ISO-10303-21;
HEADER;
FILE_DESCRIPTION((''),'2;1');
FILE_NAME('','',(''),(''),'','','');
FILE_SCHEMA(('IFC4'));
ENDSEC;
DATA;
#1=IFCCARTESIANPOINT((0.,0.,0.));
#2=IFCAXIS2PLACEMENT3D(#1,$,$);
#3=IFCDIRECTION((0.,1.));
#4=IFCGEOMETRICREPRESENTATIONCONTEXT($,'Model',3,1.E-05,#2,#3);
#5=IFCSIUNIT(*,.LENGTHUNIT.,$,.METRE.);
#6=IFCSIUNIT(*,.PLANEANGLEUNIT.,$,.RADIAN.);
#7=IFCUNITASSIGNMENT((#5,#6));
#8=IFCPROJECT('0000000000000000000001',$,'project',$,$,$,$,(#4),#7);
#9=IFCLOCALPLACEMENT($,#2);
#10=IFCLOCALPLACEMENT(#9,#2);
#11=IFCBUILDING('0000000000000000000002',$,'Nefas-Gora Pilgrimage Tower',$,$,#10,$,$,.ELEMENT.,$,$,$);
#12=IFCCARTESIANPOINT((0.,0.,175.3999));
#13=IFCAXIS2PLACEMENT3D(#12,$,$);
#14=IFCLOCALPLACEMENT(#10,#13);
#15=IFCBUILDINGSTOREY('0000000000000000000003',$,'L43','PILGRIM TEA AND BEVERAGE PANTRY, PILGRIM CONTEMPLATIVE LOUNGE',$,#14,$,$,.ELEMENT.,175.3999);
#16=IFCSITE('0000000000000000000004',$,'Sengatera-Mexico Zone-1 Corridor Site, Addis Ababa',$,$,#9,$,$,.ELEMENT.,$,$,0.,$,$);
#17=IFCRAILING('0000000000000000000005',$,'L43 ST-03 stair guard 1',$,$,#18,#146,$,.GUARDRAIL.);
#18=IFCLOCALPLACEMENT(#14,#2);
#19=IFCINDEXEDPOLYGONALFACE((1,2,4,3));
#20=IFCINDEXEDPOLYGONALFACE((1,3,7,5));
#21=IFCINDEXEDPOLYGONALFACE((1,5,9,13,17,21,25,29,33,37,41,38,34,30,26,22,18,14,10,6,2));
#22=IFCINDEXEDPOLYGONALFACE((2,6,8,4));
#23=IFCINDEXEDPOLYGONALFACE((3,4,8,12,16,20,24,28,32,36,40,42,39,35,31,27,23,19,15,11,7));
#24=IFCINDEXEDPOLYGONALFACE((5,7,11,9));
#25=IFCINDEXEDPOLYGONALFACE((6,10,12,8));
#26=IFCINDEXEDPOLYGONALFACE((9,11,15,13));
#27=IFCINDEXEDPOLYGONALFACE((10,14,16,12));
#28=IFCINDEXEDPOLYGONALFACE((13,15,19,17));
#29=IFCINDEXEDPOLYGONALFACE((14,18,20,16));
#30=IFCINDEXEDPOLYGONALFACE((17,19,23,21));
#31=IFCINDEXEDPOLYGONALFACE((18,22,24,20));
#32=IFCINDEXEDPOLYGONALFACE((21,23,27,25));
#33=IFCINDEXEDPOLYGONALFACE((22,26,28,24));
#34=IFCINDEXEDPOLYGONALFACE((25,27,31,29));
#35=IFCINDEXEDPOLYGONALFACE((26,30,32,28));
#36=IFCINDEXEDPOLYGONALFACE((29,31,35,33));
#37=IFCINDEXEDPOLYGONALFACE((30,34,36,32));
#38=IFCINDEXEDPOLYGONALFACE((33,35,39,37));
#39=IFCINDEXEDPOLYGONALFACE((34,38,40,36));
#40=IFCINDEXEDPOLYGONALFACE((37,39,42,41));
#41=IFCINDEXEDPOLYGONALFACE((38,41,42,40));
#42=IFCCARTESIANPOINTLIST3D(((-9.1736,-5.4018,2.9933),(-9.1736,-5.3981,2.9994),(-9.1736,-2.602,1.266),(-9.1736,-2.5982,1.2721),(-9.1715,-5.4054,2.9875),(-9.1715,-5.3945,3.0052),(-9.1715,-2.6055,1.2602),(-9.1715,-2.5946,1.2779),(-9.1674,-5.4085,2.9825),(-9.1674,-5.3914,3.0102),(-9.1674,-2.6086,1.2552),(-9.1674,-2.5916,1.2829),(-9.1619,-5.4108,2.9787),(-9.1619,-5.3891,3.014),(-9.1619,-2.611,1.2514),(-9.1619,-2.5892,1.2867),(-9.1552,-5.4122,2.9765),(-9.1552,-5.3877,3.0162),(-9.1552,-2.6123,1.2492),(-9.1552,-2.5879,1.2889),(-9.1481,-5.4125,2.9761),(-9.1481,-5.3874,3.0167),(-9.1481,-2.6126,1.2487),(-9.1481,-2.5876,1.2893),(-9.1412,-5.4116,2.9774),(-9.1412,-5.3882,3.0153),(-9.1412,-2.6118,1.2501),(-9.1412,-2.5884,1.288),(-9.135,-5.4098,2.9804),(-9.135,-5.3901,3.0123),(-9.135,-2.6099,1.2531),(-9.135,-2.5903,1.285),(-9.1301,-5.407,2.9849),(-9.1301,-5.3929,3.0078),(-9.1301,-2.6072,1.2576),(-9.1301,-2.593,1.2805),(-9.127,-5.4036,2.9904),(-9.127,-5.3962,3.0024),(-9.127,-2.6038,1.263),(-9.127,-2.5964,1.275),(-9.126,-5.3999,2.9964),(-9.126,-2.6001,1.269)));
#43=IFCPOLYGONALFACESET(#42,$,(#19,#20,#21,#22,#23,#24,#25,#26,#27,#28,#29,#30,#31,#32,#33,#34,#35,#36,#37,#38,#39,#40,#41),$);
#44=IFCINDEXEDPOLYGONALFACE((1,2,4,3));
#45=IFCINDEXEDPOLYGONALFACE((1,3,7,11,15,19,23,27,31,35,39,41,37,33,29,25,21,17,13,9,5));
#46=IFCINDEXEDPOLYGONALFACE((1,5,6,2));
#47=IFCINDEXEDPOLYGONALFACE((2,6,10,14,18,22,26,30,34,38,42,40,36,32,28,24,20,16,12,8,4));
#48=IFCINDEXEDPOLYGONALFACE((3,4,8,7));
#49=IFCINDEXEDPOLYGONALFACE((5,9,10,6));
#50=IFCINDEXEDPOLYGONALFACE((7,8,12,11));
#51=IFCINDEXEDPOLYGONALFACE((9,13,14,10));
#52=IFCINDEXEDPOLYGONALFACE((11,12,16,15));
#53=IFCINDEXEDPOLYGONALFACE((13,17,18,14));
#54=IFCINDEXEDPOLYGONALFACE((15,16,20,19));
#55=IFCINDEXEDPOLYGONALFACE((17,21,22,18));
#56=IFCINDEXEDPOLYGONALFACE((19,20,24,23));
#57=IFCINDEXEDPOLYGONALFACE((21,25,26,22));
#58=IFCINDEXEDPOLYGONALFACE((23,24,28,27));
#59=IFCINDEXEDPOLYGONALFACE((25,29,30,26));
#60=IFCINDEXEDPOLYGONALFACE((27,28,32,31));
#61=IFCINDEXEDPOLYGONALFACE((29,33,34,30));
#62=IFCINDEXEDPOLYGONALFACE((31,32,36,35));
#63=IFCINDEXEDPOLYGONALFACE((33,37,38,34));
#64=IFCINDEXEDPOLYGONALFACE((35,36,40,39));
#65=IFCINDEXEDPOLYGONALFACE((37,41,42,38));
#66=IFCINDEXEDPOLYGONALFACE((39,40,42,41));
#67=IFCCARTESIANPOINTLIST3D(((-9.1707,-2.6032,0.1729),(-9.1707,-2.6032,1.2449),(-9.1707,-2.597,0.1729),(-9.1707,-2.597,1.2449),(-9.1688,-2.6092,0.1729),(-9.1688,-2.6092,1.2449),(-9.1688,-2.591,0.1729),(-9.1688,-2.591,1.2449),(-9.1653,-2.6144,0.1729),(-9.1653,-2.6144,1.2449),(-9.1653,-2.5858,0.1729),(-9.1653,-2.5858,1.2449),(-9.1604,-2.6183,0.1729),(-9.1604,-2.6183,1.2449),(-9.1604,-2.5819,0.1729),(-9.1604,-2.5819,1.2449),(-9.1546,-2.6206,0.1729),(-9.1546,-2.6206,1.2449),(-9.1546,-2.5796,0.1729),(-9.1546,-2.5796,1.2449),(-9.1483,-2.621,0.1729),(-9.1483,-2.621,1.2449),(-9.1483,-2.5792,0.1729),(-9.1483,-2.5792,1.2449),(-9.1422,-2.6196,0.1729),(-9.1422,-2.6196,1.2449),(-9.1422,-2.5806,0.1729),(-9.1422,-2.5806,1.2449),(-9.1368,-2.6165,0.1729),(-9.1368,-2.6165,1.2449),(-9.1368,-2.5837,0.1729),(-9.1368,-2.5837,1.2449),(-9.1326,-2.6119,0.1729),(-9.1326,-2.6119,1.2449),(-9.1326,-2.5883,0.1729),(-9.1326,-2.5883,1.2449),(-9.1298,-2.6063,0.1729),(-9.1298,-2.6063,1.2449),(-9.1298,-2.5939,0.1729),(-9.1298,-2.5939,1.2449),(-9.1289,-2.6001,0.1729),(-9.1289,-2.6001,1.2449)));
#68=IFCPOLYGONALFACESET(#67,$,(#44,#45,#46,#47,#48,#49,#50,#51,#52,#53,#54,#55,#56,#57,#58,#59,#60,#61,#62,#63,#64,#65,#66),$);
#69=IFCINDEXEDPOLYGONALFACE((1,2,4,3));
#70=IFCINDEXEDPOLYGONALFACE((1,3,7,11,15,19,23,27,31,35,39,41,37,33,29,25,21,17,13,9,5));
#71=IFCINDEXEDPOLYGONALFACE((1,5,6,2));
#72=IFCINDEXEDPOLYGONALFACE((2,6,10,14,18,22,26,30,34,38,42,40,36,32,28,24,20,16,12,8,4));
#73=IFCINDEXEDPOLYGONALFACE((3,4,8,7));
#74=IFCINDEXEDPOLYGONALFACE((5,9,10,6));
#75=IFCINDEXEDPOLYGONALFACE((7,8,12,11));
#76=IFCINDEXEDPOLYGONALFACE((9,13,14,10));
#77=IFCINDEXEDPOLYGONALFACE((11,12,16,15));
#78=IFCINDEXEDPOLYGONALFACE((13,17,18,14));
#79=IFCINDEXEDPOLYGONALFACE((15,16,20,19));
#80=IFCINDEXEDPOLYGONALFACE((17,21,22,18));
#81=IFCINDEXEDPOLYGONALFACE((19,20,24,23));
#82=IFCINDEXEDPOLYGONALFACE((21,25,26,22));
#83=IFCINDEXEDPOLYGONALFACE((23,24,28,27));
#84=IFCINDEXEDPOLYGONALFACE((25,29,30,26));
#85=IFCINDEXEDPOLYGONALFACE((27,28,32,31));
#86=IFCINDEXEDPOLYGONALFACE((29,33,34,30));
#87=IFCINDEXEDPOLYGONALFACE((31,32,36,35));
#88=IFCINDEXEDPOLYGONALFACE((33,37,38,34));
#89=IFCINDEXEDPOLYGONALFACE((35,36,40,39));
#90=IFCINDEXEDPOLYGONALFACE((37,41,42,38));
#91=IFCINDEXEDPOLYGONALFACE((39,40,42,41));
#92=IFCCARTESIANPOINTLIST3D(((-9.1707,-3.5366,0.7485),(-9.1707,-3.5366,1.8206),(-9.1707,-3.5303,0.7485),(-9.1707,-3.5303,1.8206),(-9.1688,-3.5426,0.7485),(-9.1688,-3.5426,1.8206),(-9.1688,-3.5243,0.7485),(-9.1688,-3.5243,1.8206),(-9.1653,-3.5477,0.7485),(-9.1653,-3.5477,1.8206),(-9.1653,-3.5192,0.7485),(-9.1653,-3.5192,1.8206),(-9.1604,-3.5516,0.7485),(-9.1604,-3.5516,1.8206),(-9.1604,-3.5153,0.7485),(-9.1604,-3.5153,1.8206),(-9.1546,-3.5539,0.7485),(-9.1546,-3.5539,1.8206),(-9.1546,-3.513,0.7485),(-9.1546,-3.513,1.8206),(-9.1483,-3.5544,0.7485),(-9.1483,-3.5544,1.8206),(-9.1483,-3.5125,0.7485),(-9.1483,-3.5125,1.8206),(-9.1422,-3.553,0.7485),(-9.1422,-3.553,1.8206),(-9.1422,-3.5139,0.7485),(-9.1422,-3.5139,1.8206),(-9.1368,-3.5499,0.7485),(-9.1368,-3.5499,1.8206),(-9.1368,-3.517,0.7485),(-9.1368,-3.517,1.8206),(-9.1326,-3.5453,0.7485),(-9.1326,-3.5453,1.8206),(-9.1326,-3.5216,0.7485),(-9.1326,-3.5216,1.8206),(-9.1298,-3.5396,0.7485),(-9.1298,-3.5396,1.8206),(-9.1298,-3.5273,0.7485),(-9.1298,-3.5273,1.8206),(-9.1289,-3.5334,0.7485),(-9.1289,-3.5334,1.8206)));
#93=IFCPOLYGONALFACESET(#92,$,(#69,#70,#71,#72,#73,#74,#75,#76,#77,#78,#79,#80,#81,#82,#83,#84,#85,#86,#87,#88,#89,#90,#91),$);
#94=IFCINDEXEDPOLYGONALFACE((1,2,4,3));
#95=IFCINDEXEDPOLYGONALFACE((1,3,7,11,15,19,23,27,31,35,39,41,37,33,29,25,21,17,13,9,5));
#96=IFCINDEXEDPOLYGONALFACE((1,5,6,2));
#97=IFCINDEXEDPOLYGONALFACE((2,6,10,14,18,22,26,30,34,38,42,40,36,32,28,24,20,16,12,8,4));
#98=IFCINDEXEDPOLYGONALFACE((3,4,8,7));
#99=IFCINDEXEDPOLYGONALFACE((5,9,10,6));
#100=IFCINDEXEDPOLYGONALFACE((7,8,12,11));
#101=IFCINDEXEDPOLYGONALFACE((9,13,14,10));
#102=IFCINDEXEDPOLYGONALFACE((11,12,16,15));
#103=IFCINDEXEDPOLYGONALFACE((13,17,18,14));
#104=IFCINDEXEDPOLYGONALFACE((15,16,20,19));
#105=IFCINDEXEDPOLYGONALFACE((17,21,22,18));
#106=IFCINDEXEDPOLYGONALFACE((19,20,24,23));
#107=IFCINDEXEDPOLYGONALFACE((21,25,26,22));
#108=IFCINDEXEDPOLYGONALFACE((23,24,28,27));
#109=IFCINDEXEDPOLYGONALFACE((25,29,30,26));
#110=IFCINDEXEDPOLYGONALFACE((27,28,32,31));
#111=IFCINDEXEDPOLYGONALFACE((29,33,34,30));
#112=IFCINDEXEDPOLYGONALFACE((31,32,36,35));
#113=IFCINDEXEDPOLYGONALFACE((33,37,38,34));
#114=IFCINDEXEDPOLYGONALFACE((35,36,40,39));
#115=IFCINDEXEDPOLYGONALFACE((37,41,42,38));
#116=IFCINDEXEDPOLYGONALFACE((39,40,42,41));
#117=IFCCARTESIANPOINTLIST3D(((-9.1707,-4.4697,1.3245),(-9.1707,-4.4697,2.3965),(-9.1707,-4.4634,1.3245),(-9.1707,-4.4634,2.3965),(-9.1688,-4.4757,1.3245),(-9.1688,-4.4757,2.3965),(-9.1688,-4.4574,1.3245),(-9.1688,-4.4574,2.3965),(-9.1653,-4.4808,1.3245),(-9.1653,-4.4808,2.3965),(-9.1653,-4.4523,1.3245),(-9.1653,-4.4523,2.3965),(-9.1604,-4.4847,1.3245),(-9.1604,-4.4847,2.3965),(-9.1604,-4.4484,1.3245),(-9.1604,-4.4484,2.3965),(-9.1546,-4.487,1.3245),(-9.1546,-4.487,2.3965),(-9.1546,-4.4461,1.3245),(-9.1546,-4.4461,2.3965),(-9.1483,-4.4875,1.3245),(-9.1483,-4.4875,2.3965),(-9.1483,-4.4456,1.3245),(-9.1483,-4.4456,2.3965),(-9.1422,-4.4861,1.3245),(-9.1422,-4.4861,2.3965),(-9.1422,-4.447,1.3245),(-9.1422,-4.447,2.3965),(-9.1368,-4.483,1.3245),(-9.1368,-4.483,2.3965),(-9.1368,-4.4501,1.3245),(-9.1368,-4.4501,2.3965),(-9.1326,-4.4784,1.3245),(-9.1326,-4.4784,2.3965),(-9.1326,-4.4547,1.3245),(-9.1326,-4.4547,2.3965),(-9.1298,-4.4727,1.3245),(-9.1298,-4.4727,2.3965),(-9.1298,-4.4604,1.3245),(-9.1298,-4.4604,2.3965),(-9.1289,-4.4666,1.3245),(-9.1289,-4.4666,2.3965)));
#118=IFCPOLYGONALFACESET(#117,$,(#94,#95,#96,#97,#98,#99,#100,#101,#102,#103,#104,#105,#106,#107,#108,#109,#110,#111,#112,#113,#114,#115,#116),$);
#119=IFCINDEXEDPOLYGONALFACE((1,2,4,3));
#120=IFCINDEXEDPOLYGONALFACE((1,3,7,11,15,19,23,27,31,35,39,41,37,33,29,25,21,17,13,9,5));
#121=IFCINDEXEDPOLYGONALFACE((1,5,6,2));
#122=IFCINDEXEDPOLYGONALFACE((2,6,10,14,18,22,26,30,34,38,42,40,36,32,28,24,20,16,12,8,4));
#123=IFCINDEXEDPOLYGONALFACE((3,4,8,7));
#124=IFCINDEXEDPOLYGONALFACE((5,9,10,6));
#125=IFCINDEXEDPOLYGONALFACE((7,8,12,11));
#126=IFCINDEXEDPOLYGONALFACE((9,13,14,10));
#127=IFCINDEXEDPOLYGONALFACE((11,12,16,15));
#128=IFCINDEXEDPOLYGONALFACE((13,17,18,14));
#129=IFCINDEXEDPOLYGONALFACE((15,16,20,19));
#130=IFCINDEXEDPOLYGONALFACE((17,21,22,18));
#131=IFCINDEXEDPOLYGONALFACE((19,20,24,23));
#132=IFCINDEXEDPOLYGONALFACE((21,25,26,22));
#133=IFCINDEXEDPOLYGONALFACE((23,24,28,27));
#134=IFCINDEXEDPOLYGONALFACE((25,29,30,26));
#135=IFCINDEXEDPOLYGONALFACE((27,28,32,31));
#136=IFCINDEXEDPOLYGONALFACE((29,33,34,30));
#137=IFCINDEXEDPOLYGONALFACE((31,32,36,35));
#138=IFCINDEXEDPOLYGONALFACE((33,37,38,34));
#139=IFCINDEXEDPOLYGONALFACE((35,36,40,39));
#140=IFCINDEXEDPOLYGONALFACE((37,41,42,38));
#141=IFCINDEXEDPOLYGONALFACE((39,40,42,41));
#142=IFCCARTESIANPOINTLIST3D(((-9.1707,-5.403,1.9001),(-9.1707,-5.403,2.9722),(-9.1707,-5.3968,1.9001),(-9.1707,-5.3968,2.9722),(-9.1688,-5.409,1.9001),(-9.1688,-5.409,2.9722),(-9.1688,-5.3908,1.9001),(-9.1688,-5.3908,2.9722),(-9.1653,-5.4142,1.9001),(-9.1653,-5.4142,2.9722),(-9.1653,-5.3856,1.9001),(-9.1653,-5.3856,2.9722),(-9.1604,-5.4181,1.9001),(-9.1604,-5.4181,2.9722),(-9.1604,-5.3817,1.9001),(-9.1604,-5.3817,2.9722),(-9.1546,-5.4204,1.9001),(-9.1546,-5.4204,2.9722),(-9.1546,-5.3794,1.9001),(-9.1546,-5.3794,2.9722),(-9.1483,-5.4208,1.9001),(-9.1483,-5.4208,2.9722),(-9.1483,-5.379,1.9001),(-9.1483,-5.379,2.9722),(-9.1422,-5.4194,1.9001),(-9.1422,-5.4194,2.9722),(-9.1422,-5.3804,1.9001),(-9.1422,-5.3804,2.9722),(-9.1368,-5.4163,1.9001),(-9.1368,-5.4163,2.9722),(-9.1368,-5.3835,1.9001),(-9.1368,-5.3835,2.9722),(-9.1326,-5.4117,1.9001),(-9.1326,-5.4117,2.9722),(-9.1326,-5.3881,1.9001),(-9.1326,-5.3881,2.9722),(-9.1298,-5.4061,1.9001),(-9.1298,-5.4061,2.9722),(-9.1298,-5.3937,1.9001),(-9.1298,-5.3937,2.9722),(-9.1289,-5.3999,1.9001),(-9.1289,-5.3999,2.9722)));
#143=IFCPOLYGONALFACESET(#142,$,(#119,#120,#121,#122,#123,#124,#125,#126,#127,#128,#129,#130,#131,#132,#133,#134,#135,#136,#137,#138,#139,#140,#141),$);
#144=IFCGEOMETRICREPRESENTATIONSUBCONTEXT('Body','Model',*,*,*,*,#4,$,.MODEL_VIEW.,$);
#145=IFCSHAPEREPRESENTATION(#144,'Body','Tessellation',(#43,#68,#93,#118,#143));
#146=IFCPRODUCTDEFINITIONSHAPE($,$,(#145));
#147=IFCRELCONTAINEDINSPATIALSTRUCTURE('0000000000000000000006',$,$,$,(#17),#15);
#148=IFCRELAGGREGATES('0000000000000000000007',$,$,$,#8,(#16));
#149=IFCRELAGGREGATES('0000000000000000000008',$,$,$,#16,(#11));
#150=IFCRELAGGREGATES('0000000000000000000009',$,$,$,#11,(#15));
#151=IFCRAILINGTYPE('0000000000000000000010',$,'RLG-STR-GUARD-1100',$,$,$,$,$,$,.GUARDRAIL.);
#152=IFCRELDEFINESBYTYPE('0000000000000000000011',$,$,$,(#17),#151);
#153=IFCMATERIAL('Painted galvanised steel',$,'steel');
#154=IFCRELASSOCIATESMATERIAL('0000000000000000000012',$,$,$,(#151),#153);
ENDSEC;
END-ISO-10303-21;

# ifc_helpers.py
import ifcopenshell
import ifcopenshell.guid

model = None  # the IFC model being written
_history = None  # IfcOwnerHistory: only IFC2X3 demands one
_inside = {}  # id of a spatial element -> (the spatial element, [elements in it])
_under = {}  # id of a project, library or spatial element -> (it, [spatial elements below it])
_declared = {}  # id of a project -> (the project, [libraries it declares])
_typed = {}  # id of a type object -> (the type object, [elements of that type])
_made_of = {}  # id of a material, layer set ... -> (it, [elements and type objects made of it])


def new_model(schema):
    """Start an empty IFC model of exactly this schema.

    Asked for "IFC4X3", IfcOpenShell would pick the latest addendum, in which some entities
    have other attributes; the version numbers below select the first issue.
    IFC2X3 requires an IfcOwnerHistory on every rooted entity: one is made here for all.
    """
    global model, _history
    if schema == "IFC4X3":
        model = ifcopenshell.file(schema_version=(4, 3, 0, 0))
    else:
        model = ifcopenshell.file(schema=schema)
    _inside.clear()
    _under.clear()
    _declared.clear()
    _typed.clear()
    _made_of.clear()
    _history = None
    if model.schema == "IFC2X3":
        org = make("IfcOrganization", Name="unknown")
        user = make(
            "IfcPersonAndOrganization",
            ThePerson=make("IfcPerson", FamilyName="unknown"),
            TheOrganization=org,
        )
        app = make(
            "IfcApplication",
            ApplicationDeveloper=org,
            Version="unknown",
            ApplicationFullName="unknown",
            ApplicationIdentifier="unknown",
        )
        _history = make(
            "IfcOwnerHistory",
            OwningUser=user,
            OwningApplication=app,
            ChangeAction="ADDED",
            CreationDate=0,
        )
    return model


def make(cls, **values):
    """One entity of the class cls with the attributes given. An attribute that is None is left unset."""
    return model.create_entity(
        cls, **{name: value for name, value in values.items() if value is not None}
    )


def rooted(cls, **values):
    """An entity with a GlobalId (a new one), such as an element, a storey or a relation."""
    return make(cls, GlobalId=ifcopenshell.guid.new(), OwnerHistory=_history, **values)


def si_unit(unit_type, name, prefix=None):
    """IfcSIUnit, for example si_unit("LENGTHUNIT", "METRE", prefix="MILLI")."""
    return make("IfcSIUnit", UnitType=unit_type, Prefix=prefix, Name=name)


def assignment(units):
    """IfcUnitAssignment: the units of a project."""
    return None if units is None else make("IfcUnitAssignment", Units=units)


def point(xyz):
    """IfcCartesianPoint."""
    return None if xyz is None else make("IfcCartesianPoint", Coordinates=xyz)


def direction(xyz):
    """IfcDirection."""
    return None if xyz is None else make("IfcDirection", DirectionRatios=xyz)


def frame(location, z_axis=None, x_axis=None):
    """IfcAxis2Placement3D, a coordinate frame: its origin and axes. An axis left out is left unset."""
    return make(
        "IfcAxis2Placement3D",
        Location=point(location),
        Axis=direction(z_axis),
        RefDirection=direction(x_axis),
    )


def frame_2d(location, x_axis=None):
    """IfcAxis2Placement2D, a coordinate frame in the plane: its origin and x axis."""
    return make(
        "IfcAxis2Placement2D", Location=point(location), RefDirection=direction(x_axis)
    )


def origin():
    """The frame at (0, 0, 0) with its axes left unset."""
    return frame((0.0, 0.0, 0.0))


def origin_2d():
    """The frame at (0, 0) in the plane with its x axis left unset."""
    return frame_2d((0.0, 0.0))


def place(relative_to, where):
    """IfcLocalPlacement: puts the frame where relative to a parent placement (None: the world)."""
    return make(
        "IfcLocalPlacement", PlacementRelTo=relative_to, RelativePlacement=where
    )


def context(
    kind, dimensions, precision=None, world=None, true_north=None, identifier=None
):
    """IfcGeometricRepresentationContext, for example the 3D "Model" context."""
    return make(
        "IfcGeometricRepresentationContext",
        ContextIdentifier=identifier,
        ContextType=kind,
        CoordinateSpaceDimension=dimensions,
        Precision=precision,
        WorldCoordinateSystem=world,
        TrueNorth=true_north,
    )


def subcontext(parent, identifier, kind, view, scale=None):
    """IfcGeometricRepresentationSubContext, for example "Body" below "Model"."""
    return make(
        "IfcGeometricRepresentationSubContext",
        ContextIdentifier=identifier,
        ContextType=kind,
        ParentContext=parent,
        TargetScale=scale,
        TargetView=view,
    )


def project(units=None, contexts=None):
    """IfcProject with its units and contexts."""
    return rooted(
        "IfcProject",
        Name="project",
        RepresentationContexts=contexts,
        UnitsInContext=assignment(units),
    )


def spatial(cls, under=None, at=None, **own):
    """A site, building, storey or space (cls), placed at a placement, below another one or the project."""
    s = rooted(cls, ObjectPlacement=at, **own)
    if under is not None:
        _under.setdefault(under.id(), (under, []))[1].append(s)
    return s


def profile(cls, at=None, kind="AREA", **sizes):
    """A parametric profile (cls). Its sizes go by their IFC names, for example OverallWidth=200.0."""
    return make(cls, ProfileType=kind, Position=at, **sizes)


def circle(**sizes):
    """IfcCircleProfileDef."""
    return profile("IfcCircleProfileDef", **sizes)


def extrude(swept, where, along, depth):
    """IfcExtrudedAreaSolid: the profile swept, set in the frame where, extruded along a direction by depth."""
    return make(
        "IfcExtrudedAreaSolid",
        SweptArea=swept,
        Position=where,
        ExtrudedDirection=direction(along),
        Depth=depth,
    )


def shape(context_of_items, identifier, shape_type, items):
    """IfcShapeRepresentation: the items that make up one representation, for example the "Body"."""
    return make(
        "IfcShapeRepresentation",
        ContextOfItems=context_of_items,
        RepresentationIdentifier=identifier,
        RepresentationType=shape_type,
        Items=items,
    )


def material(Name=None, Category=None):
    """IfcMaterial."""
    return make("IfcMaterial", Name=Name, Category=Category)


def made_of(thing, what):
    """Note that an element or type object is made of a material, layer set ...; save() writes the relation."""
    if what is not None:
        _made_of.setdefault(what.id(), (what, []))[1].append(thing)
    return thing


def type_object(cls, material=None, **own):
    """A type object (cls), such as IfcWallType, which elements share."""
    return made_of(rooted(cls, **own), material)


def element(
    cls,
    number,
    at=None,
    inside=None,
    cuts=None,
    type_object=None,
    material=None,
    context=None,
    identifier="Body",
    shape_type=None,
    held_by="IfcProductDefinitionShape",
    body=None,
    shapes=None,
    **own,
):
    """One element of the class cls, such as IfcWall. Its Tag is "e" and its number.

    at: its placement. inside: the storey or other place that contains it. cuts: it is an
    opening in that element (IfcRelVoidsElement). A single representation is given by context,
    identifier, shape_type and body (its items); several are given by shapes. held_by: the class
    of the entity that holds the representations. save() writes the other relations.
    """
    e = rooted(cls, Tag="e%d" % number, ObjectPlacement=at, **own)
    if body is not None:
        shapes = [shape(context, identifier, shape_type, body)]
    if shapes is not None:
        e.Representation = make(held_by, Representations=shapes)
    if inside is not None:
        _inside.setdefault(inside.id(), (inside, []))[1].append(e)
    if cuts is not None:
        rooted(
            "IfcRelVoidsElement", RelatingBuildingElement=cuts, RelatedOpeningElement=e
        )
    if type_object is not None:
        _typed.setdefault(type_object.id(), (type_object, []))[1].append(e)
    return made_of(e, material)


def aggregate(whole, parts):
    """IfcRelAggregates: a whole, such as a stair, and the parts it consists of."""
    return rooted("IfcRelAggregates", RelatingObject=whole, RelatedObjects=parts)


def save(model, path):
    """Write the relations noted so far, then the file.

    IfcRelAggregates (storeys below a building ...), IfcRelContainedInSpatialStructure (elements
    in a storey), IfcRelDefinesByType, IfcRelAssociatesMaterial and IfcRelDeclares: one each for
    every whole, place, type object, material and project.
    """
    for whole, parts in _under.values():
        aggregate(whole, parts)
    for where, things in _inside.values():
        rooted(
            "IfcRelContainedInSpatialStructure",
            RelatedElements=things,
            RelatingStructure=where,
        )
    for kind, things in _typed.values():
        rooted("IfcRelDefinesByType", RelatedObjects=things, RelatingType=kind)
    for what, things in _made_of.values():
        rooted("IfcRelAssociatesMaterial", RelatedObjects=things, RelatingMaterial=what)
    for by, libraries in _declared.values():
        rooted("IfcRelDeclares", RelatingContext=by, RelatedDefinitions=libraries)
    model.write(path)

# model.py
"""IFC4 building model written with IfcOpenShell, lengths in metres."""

from ifc_helpers import new_model, si_unit, direction, frame, origin, origin_2d, place, context, subcontext, project, spatial, circle, extrude, material, type_object, element, save


model = new_model("IFC4")

# Units and contexts
model_context = context("Model", 3, precision=1e-05, world=origin(), true_north=direction((0.0, 1.0)))
body_context = subcontext(model_context, "Body", "Model", "MODEL_VIEW")
ifc_project = project(units=[si_unit("LENGTHUNIT", "METRE"), si_unit("PLANEANGLEUNIT", "RADIAN")], contexts=[model_context])

# Site, building, storey
site_placement = place(None, origin())
site = spatial("IfcSite", under=ifc_project, at=site_placement, Name="Sengatera-Mexico Zone-1 Corridor Site, Addis Ababa", CompositionType="ELEMENT", RefElevation=0.0)
building_placement = place(site_placement, origin())
building = spatial("IfcBuilding", under=site, at=building_placement, Name="Nefas-Gora Pilgrimage Tower", CompositionType="ELEMENT")
storey_placement = place(building_placement, frame((0.0, 0.0, 175.3999)))
storey = spatial("IfcBuildingStorey", under=building, at=storey_placement, Name="L43", Description="PILGRIM TEA AND BEVERAGE PANTRY, PILGRIM CONTEMPLATIVE LOUNGE", CompositionType="ELEMENT", Elevation=175.3999)

# Railing
ifc_material_1 = material(Name="Painted galvanised steel", Category="steel")
railing_type_1 = type_object("IfcRailingType", Name="RLG-STR-GUARD-1100", PredefinedType="GUARDRAIL", material=ifc_material_1)
railing_1_placement = place(storey_placement, frame((-9.1499, -2.6001, 0.1729)))
element("IfcRailing", 1, at=railing_1_placement, inside=storey, type_object=railing_type_1, Name="L43 ST-03 stair guard 1", PredefinedType="GUARDRAIL", context=body_context, shape_type="SweptSolid", body=[
    extrude(circle(Radius=0.0239, at=origin_2d()), frame((0.0, 0.0, 1.0962), z_axis=(0.0, -0.851069, 0.525054), x_axis=(1.0, 0.0, 0.0)), (0.0, 0.0, 1.0), 3.2898),
    extrude(circle(Radius=0.021, at=origin_2d()), origin(), (0.0, 0.0, 1.0), 1.072),
    extrude(circle(Radius=0.021, at=origin_2d()), frame((0.0, -0.9333, 0.5757)), (0.0, 0.0, 1.0), 1.072),
    extrude(circle(Radius=0.021, at=origin_2d()), frame((0.0, -1.8665, 1.1516)), (0.0, 0.0, 1.0), 1.072),
    extrude(circle(Radius=0.021, at=origin_2d()), frame((0.0, -2.7998, 1.7273)), (0.0, 0.0, 1.0), 1.072),
])

save(model, "model.ifc")
